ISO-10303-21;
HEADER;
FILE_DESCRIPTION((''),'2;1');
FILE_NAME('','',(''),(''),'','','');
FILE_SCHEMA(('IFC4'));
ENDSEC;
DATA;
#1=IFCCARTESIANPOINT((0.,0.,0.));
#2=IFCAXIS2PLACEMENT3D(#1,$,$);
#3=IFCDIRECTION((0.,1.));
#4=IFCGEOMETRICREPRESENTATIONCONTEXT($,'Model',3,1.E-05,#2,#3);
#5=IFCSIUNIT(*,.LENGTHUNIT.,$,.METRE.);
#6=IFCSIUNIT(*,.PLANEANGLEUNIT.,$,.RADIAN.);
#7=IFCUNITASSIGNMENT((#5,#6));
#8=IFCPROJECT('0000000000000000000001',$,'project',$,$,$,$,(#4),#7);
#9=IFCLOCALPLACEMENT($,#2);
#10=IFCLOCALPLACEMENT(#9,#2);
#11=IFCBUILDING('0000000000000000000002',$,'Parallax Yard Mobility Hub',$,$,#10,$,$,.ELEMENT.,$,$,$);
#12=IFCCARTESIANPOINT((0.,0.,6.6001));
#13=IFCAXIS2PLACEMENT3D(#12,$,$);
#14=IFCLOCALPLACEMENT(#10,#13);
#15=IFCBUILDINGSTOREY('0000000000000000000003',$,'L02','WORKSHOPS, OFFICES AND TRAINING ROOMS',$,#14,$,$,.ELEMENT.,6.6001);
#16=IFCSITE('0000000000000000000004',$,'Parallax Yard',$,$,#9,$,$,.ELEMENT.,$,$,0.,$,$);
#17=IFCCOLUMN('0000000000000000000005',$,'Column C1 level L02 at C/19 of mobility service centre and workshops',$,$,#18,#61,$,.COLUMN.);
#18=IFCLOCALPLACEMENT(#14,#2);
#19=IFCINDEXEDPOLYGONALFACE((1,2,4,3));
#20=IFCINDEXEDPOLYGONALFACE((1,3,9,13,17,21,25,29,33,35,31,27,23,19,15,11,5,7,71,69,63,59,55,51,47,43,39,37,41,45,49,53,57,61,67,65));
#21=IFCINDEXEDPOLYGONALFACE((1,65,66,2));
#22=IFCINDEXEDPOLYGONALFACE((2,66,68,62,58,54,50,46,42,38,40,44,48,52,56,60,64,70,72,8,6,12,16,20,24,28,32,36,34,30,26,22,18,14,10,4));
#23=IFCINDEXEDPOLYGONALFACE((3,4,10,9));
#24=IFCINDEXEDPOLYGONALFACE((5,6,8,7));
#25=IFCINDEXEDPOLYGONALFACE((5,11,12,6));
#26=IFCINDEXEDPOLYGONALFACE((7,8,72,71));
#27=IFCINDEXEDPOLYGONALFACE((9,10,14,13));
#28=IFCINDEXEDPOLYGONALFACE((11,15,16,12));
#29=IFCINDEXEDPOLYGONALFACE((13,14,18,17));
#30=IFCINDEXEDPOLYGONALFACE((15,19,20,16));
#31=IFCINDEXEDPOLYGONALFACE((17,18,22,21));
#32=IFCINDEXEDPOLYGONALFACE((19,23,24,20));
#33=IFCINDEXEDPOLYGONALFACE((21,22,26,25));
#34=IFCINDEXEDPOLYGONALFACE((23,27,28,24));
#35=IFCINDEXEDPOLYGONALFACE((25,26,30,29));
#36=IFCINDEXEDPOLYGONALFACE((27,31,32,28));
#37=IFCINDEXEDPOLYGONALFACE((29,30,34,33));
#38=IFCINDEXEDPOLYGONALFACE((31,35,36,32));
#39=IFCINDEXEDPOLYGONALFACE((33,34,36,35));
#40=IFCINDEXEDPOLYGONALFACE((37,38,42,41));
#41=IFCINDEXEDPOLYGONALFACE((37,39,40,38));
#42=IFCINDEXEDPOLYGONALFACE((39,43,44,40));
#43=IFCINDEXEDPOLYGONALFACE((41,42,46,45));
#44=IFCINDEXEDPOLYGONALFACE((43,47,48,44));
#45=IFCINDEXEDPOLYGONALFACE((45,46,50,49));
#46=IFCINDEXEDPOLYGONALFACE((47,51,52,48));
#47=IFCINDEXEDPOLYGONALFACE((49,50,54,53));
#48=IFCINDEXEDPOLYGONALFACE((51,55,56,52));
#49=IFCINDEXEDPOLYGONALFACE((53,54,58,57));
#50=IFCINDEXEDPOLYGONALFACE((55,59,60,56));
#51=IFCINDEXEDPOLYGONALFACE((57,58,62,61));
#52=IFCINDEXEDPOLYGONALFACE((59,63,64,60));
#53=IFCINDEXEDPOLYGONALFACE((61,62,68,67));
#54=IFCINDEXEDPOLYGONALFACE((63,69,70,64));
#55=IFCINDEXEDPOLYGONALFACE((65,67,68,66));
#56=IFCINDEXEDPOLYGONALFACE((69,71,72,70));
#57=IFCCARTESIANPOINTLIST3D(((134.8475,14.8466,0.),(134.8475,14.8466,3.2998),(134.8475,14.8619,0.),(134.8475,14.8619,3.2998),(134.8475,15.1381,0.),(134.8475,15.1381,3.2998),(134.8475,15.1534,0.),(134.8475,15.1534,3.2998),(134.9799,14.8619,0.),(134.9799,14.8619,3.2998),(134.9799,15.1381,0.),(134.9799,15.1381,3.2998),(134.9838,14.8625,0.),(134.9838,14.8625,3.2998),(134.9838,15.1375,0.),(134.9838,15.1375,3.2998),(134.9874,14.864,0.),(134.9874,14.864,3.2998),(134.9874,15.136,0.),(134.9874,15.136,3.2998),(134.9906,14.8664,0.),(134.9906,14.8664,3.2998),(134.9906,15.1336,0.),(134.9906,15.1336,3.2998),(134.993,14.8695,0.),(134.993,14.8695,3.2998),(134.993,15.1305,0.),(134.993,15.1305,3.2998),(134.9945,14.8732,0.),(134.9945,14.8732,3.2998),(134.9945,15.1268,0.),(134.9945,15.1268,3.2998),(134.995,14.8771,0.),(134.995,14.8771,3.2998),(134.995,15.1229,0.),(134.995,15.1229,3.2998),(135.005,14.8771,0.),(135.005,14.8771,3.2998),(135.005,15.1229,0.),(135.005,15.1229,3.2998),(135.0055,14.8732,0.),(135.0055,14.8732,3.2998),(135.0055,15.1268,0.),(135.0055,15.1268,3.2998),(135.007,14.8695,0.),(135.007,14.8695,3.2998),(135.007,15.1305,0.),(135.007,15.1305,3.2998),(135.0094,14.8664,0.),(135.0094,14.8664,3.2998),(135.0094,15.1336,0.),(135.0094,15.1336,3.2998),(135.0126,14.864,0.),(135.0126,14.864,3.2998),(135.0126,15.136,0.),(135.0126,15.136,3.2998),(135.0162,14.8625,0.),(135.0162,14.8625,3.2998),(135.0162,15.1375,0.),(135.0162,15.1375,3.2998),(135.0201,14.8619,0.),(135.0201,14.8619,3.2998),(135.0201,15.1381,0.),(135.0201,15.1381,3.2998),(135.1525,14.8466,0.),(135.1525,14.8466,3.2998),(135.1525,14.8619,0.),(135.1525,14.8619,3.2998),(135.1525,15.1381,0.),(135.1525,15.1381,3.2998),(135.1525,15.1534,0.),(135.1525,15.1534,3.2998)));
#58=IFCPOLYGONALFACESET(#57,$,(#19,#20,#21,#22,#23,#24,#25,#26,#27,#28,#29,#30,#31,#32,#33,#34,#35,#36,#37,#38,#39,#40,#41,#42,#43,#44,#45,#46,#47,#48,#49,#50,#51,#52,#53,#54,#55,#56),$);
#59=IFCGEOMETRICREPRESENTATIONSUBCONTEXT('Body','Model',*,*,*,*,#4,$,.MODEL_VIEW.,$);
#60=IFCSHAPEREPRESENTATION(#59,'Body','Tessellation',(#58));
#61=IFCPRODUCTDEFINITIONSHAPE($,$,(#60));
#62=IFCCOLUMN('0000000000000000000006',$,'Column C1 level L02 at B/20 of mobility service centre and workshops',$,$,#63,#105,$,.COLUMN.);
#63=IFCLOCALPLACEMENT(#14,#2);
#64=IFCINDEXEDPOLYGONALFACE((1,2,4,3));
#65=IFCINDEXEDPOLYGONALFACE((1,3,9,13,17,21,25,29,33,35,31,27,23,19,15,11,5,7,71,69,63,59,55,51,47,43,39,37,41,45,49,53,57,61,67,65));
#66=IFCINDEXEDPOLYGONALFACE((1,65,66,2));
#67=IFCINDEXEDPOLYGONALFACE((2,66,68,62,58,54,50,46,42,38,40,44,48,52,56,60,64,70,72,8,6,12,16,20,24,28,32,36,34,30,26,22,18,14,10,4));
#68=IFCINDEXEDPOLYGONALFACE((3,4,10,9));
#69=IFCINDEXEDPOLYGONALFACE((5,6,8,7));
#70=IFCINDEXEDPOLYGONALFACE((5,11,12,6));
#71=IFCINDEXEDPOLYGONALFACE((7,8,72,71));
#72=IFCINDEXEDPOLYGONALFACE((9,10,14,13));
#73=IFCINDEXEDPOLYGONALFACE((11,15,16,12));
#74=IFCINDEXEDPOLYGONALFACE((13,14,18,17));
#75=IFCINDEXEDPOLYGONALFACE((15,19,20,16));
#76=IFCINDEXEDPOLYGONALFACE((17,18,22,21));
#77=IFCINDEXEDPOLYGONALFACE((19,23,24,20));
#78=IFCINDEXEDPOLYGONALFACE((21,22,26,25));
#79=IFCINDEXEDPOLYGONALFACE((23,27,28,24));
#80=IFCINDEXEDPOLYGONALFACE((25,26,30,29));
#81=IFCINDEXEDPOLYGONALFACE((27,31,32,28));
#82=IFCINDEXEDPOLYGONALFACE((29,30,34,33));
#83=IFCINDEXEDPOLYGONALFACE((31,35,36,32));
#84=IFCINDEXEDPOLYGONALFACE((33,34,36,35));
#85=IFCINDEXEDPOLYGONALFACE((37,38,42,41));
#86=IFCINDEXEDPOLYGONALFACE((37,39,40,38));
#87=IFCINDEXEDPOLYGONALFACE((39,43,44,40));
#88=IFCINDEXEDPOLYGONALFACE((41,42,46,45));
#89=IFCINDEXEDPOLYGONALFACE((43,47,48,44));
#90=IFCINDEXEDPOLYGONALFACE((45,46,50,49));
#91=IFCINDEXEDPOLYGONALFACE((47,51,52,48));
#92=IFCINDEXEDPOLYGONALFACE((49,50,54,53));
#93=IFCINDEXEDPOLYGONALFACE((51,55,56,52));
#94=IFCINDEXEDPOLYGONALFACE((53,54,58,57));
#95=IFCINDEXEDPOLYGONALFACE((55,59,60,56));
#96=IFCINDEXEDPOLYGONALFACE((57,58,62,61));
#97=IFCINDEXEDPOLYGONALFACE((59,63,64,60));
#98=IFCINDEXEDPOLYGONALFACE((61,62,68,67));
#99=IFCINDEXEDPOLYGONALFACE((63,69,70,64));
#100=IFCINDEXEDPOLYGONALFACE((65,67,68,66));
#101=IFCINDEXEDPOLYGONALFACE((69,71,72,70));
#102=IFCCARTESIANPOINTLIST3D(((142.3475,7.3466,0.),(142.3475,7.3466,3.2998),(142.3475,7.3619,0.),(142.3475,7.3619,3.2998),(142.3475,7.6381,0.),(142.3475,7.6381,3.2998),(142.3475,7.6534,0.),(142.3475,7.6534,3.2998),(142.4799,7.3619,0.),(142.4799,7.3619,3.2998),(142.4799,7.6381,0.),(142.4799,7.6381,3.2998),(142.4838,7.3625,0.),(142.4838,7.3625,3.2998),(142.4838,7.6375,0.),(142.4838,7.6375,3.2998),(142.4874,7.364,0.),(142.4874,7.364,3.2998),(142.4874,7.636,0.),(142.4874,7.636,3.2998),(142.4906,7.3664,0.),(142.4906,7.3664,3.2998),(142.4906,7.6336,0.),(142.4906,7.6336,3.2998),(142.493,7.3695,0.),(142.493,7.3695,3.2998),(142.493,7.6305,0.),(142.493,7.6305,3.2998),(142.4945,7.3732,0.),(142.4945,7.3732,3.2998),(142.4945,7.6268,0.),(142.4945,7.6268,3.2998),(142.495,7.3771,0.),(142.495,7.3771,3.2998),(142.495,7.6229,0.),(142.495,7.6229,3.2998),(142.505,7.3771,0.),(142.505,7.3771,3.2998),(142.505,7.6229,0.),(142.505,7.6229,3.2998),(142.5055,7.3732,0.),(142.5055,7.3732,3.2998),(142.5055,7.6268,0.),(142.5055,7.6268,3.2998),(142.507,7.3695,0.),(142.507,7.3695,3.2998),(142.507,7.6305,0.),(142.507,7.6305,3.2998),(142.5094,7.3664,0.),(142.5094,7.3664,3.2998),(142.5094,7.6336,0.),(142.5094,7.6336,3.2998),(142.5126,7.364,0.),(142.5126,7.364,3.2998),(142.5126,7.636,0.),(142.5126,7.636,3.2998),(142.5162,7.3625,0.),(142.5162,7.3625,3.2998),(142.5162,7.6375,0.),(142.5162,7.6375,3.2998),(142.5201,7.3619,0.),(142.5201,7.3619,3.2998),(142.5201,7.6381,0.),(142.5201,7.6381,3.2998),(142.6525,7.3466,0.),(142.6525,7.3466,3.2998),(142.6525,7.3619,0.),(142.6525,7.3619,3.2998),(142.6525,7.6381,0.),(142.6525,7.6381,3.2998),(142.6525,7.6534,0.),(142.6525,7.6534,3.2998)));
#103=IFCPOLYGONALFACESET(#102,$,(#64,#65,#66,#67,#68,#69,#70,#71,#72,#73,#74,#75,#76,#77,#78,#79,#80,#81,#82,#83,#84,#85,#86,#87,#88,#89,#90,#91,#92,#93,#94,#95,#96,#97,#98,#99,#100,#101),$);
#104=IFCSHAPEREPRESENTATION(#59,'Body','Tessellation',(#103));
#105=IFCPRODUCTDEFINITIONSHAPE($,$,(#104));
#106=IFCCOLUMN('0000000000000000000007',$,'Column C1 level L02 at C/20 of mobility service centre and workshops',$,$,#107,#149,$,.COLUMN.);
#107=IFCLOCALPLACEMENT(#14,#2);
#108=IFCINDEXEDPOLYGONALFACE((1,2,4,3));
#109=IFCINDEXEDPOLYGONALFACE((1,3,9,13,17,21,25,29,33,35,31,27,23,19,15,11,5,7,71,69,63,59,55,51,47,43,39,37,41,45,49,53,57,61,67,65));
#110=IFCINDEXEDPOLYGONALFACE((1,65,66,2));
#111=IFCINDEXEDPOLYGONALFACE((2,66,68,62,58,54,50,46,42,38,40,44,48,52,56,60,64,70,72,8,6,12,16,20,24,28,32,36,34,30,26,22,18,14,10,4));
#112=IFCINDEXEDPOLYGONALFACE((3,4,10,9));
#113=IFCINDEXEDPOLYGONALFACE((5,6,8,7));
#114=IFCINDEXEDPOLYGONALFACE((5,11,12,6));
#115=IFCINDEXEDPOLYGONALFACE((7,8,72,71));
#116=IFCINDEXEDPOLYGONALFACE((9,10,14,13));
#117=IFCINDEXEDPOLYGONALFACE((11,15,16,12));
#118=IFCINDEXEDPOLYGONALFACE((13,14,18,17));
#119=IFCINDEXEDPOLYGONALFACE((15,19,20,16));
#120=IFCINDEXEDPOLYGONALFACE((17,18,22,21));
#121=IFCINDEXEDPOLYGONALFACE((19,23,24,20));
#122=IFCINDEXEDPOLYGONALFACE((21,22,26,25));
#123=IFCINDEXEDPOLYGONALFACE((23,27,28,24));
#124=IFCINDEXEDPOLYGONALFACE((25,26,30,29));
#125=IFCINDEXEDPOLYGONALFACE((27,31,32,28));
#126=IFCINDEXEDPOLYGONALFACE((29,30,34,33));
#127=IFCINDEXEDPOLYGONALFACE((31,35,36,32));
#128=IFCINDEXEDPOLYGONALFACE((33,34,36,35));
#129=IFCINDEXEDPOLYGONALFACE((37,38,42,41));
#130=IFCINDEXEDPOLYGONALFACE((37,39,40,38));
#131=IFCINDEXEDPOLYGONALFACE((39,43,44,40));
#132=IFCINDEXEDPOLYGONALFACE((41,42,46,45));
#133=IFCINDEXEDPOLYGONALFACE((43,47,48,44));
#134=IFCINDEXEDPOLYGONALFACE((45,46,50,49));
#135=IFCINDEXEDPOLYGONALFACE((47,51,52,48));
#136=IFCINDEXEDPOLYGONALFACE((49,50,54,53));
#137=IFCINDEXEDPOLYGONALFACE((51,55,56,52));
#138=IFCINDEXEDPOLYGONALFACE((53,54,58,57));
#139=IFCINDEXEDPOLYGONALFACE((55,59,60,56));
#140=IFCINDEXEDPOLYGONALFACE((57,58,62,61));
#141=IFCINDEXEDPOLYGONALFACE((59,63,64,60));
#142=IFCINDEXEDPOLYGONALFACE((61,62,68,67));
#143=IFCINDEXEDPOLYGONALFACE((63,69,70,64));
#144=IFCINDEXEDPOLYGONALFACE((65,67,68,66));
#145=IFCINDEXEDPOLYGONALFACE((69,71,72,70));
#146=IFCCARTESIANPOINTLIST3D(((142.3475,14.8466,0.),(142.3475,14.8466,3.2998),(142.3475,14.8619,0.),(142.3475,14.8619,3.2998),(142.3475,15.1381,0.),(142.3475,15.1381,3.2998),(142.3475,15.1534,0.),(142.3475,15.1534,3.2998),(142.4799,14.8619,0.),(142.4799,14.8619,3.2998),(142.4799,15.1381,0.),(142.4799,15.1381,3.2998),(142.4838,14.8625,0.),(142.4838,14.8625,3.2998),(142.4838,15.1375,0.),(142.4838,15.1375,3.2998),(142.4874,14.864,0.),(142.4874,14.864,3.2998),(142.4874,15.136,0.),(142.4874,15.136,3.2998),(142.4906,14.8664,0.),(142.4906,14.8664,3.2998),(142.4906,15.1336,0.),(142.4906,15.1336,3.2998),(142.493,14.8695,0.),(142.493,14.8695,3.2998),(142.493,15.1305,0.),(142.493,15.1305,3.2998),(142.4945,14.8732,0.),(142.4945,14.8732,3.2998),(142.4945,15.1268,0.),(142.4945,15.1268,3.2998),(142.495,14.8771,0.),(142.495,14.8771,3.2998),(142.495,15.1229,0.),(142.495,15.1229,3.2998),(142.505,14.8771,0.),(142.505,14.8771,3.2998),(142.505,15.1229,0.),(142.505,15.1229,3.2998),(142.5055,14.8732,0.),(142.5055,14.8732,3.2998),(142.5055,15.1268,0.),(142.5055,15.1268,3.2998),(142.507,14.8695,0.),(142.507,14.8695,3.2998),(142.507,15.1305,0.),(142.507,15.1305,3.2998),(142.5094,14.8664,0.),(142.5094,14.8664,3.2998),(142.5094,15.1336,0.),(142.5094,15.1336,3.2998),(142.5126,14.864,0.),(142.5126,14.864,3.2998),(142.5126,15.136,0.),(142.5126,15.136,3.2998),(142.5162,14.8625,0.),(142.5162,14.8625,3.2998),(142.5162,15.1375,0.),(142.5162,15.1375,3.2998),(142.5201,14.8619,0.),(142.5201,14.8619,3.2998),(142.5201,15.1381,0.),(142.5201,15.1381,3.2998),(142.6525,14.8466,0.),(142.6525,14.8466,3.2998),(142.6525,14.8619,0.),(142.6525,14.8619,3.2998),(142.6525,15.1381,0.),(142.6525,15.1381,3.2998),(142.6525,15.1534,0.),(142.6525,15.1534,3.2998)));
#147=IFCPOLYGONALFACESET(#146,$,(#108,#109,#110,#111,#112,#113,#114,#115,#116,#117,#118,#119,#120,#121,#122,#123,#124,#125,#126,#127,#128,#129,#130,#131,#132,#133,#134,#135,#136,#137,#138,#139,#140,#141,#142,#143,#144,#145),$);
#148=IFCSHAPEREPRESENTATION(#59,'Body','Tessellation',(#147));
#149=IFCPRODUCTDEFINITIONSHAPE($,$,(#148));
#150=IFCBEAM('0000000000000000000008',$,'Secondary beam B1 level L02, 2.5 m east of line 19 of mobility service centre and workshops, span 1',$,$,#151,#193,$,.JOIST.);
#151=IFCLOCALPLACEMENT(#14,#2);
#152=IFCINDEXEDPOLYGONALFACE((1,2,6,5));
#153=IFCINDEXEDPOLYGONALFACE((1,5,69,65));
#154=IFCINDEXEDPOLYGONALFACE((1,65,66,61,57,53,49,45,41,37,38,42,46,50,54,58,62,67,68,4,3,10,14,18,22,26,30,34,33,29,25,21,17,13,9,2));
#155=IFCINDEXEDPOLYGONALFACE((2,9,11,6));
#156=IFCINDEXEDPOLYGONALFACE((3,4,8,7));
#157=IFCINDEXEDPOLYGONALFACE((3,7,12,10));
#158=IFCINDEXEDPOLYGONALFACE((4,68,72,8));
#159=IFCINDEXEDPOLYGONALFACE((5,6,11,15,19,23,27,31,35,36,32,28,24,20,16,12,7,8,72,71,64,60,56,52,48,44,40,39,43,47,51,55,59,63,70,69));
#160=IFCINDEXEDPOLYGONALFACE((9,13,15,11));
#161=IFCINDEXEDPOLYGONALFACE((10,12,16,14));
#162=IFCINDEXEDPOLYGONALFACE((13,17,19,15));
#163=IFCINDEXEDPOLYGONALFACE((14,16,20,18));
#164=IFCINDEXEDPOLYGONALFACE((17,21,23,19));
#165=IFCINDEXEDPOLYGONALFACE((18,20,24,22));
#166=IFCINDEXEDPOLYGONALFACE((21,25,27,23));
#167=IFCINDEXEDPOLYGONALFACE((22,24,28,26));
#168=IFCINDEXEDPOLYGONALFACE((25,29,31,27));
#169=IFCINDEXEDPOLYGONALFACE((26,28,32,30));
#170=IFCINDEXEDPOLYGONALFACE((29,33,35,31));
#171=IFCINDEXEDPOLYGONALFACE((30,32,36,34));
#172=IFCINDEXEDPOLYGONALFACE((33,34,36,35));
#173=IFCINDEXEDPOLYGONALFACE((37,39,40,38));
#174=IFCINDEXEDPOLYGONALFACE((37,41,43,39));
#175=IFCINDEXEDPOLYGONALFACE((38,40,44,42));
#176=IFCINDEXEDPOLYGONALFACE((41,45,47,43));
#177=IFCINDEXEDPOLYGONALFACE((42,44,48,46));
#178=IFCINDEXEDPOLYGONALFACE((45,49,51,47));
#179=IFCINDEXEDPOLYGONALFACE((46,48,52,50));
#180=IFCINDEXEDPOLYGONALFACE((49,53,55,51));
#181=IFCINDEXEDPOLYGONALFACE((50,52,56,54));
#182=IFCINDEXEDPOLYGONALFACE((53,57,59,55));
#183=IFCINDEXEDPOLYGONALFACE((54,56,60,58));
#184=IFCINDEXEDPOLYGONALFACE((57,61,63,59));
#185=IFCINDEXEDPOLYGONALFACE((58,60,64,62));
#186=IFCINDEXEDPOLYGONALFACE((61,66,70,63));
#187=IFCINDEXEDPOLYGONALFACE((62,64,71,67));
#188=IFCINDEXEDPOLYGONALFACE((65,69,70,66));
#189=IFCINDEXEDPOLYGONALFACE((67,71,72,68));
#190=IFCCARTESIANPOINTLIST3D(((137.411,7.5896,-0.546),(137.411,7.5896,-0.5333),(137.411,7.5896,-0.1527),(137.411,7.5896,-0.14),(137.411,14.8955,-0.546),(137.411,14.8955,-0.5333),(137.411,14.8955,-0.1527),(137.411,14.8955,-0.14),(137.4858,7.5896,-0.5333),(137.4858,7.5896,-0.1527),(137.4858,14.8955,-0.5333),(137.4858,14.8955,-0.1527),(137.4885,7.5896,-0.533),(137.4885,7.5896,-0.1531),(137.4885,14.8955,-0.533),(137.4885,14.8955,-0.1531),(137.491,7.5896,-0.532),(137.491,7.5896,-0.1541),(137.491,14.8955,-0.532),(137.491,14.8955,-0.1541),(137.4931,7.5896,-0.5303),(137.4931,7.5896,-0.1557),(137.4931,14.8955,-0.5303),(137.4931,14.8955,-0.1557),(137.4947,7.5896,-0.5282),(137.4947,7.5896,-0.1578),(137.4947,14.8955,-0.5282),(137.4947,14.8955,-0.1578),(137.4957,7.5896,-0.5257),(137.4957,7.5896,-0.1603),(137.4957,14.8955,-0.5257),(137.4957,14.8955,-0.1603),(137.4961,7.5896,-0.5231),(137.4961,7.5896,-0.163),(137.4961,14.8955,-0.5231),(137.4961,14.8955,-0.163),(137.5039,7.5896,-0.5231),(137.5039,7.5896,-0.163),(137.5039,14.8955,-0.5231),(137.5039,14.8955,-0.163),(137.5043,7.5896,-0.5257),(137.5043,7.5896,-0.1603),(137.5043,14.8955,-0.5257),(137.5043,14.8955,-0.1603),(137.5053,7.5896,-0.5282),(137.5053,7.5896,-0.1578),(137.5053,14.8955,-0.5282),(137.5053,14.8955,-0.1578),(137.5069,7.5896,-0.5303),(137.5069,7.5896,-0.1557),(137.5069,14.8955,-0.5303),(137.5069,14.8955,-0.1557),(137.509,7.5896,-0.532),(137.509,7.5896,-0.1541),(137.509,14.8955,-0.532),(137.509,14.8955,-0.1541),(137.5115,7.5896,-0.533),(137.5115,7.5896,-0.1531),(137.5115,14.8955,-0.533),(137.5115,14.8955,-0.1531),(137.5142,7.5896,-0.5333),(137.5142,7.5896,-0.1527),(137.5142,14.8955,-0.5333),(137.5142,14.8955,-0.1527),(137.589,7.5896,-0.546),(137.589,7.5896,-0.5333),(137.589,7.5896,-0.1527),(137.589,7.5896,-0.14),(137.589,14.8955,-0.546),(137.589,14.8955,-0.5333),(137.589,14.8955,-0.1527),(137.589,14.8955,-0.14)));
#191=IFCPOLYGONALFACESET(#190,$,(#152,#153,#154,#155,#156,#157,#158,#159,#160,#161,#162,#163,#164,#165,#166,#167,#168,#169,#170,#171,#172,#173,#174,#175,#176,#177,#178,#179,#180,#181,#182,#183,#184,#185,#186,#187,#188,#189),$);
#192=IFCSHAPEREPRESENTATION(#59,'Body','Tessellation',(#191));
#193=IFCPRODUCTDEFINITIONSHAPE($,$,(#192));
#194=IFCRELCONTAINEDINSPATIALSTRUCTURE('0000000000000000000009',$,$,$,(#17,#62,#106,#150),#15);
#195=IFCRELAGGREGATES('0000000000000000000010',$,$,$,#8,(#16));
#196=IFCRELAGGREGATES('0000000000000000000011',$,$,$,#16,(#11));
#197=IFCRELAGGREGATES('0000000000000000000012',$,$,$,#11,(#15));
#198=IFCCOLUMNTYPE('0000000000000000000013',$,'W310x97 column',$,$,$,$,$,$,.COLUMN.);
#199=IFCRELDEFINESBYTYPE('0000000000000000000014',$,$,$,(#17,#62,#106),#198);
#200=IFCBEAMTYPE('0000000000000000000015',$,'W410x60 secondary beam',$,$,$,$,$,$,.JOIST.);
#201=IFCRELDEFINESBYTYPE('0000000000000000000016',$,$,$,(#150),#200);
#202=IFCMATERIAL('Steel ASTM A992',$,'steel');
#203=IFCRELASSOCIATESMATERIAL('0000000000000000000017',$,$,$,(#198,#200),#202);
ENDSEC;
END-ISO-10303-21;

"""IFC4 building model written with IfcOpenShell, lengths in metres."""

from ifc_helpers import new_model, si_unit, direction, frame, origin, origin_2d, place, context, subcontext, project, spatial, i_section, extrude, material, material_profile, profile_set, type_object, element, save


model = new_model("IFC4")

# Units and contexts
model_context = context("Model", 3, precision=1e-05, world=origin(), true_north=direction((0.0, 1.0)))
body_context = subcontext(model_context, "Body", "Model", "MODEL_VIEW")
ifc_project = project(units=[si_unit("LENGTHUNIT", "METRE"), si_unit("PLANEANGLEUNIT", "RADIAN")], contexts=[model_context])

# Site, building, storey
site_placement = place(None, origin())
site = spatial("IfcSite", under=ifc_project, at=site_placement, Name="Parallax Yard", CompositionType="ELEMENT", RefElevation=0.0)
building_placement = place(site_placement, origin())
building = spatial("IfcBuilding", under=site, at=building_placement, Name="Parallax Yard Mobility Hub", CompositionType="ELEMENT")
storey_placement = place(building_placement, frame((0.0, 0.0, 6.6001)))
storey = spatial("IfcBuildingStorey", under=building, at=storey_placement, Name="L02", Description="WORKSHOPS, OFFICES AND TRAINING ROOMS", CompositionType="ELEMENT", Elevation=6.6001)

# Columns
ifc_material_1 = material(Name="Steel ASTM A992", Category="steel")
ifc_material_profile_1 = material_profile(ifc_material_1, i_section(OverallWidth=0.3049, OverallDepth=0.3069, WebThickness=0.01, FlangeThickness=0.0154, FilletRadius=0.0151, at=origin_2d()), Name="W310x97")
ifc_profile_set_1 = profile_set([ifc_material_profile_1], Name="Steel ASTM A992")
column_type = type_object("IfcColumnType", Name="W310x97 column", PredefinedType="COLUMN", material=ifc_profile_set_1)
for number, where, z_axis, x_axis, name in (
    (1, (135.0, 15.0, 0.0), (0.0, 0.0, 1.0), (1.0, 0.0, 0.0), "Column C1 level L02 at C/19 of mobility service centre and workshops"),
    (2, (142.5, 7.5, 0.0), (0.0, 0.0, 1.0), (1.0, 0.0, 0.0), "Column C1 level L02 at B/20 of mobility service centre and workshops"),
    (3, (142.5, 15.0, 0.0), (0.0, 0.0, 1.0), (1.0, 0.0, 0.0), "Column C1 level L02 at C/20 of mobility service centre and workshops"),
):
    element("IfcColumn", number, at=place(storey_placement, frame(where, z_axis=z_axis, x_axis=x_axis)), inside=storey, type_object=column_type, Name=name, PredefinedType="COLUMN", context=body_context, shape_type="SweptSolid", body=[
        extrude(i_section(OverallWidth=0.3049, OverallDepth=0.3069, WebThickness=0.01, FlangeThickness=0.0154, FilletRadius=0.0151, at=origin_2d()), origin(), (0.0, 0.0, 1.0), 3.2998),
    ])

# Beam
ifc_material_profile_2 = material_profile(ifc_material_1, i_section(OverallWidth=0.178, OverallDepth=0.406, WebThickness=0.0078, FlangeThickness=0.0127, FilletRadius=0.0103, at=origin_2d()), Name="W410x60")
ifc_profile_set_2 = profile_set([ifc_material_profile_2], Name="Steel ASTM A992")
beam_type_1 = type_object("IfcBeamType", Name="W410x60 secondary beam", PredefinedType="JOIST", material=ifc_profile_set_2)
beam_1_placement = place(storey_placement, frame((137.5, 7.5896, -0.343), z_axis=(0.0, 1.0, 0.0), x_axis=(-1.0, 0.0, 0.0)))
element("IfcBeam", 4, at=beam_1_placement, inside=storey, type_object=beam_type_1, Name="Secondary beam B1 level L02, 2.5 m east of line 19 of mobility service centre and workshops, span 1", PredefinedType="JOIST", context=body_context, shape_type="SweptSolid", body=[
    extrude(i_section(OverallWidth=0.178, OverallDepth=0.406, WebThickness=0.0078, FlangeThickness=0.0127, FilletRadius=0.0103, at=origin_2d()), origin(), (0.0, 0.0, 1.0), 7.3059),
])

save(model, "model.ifc")
